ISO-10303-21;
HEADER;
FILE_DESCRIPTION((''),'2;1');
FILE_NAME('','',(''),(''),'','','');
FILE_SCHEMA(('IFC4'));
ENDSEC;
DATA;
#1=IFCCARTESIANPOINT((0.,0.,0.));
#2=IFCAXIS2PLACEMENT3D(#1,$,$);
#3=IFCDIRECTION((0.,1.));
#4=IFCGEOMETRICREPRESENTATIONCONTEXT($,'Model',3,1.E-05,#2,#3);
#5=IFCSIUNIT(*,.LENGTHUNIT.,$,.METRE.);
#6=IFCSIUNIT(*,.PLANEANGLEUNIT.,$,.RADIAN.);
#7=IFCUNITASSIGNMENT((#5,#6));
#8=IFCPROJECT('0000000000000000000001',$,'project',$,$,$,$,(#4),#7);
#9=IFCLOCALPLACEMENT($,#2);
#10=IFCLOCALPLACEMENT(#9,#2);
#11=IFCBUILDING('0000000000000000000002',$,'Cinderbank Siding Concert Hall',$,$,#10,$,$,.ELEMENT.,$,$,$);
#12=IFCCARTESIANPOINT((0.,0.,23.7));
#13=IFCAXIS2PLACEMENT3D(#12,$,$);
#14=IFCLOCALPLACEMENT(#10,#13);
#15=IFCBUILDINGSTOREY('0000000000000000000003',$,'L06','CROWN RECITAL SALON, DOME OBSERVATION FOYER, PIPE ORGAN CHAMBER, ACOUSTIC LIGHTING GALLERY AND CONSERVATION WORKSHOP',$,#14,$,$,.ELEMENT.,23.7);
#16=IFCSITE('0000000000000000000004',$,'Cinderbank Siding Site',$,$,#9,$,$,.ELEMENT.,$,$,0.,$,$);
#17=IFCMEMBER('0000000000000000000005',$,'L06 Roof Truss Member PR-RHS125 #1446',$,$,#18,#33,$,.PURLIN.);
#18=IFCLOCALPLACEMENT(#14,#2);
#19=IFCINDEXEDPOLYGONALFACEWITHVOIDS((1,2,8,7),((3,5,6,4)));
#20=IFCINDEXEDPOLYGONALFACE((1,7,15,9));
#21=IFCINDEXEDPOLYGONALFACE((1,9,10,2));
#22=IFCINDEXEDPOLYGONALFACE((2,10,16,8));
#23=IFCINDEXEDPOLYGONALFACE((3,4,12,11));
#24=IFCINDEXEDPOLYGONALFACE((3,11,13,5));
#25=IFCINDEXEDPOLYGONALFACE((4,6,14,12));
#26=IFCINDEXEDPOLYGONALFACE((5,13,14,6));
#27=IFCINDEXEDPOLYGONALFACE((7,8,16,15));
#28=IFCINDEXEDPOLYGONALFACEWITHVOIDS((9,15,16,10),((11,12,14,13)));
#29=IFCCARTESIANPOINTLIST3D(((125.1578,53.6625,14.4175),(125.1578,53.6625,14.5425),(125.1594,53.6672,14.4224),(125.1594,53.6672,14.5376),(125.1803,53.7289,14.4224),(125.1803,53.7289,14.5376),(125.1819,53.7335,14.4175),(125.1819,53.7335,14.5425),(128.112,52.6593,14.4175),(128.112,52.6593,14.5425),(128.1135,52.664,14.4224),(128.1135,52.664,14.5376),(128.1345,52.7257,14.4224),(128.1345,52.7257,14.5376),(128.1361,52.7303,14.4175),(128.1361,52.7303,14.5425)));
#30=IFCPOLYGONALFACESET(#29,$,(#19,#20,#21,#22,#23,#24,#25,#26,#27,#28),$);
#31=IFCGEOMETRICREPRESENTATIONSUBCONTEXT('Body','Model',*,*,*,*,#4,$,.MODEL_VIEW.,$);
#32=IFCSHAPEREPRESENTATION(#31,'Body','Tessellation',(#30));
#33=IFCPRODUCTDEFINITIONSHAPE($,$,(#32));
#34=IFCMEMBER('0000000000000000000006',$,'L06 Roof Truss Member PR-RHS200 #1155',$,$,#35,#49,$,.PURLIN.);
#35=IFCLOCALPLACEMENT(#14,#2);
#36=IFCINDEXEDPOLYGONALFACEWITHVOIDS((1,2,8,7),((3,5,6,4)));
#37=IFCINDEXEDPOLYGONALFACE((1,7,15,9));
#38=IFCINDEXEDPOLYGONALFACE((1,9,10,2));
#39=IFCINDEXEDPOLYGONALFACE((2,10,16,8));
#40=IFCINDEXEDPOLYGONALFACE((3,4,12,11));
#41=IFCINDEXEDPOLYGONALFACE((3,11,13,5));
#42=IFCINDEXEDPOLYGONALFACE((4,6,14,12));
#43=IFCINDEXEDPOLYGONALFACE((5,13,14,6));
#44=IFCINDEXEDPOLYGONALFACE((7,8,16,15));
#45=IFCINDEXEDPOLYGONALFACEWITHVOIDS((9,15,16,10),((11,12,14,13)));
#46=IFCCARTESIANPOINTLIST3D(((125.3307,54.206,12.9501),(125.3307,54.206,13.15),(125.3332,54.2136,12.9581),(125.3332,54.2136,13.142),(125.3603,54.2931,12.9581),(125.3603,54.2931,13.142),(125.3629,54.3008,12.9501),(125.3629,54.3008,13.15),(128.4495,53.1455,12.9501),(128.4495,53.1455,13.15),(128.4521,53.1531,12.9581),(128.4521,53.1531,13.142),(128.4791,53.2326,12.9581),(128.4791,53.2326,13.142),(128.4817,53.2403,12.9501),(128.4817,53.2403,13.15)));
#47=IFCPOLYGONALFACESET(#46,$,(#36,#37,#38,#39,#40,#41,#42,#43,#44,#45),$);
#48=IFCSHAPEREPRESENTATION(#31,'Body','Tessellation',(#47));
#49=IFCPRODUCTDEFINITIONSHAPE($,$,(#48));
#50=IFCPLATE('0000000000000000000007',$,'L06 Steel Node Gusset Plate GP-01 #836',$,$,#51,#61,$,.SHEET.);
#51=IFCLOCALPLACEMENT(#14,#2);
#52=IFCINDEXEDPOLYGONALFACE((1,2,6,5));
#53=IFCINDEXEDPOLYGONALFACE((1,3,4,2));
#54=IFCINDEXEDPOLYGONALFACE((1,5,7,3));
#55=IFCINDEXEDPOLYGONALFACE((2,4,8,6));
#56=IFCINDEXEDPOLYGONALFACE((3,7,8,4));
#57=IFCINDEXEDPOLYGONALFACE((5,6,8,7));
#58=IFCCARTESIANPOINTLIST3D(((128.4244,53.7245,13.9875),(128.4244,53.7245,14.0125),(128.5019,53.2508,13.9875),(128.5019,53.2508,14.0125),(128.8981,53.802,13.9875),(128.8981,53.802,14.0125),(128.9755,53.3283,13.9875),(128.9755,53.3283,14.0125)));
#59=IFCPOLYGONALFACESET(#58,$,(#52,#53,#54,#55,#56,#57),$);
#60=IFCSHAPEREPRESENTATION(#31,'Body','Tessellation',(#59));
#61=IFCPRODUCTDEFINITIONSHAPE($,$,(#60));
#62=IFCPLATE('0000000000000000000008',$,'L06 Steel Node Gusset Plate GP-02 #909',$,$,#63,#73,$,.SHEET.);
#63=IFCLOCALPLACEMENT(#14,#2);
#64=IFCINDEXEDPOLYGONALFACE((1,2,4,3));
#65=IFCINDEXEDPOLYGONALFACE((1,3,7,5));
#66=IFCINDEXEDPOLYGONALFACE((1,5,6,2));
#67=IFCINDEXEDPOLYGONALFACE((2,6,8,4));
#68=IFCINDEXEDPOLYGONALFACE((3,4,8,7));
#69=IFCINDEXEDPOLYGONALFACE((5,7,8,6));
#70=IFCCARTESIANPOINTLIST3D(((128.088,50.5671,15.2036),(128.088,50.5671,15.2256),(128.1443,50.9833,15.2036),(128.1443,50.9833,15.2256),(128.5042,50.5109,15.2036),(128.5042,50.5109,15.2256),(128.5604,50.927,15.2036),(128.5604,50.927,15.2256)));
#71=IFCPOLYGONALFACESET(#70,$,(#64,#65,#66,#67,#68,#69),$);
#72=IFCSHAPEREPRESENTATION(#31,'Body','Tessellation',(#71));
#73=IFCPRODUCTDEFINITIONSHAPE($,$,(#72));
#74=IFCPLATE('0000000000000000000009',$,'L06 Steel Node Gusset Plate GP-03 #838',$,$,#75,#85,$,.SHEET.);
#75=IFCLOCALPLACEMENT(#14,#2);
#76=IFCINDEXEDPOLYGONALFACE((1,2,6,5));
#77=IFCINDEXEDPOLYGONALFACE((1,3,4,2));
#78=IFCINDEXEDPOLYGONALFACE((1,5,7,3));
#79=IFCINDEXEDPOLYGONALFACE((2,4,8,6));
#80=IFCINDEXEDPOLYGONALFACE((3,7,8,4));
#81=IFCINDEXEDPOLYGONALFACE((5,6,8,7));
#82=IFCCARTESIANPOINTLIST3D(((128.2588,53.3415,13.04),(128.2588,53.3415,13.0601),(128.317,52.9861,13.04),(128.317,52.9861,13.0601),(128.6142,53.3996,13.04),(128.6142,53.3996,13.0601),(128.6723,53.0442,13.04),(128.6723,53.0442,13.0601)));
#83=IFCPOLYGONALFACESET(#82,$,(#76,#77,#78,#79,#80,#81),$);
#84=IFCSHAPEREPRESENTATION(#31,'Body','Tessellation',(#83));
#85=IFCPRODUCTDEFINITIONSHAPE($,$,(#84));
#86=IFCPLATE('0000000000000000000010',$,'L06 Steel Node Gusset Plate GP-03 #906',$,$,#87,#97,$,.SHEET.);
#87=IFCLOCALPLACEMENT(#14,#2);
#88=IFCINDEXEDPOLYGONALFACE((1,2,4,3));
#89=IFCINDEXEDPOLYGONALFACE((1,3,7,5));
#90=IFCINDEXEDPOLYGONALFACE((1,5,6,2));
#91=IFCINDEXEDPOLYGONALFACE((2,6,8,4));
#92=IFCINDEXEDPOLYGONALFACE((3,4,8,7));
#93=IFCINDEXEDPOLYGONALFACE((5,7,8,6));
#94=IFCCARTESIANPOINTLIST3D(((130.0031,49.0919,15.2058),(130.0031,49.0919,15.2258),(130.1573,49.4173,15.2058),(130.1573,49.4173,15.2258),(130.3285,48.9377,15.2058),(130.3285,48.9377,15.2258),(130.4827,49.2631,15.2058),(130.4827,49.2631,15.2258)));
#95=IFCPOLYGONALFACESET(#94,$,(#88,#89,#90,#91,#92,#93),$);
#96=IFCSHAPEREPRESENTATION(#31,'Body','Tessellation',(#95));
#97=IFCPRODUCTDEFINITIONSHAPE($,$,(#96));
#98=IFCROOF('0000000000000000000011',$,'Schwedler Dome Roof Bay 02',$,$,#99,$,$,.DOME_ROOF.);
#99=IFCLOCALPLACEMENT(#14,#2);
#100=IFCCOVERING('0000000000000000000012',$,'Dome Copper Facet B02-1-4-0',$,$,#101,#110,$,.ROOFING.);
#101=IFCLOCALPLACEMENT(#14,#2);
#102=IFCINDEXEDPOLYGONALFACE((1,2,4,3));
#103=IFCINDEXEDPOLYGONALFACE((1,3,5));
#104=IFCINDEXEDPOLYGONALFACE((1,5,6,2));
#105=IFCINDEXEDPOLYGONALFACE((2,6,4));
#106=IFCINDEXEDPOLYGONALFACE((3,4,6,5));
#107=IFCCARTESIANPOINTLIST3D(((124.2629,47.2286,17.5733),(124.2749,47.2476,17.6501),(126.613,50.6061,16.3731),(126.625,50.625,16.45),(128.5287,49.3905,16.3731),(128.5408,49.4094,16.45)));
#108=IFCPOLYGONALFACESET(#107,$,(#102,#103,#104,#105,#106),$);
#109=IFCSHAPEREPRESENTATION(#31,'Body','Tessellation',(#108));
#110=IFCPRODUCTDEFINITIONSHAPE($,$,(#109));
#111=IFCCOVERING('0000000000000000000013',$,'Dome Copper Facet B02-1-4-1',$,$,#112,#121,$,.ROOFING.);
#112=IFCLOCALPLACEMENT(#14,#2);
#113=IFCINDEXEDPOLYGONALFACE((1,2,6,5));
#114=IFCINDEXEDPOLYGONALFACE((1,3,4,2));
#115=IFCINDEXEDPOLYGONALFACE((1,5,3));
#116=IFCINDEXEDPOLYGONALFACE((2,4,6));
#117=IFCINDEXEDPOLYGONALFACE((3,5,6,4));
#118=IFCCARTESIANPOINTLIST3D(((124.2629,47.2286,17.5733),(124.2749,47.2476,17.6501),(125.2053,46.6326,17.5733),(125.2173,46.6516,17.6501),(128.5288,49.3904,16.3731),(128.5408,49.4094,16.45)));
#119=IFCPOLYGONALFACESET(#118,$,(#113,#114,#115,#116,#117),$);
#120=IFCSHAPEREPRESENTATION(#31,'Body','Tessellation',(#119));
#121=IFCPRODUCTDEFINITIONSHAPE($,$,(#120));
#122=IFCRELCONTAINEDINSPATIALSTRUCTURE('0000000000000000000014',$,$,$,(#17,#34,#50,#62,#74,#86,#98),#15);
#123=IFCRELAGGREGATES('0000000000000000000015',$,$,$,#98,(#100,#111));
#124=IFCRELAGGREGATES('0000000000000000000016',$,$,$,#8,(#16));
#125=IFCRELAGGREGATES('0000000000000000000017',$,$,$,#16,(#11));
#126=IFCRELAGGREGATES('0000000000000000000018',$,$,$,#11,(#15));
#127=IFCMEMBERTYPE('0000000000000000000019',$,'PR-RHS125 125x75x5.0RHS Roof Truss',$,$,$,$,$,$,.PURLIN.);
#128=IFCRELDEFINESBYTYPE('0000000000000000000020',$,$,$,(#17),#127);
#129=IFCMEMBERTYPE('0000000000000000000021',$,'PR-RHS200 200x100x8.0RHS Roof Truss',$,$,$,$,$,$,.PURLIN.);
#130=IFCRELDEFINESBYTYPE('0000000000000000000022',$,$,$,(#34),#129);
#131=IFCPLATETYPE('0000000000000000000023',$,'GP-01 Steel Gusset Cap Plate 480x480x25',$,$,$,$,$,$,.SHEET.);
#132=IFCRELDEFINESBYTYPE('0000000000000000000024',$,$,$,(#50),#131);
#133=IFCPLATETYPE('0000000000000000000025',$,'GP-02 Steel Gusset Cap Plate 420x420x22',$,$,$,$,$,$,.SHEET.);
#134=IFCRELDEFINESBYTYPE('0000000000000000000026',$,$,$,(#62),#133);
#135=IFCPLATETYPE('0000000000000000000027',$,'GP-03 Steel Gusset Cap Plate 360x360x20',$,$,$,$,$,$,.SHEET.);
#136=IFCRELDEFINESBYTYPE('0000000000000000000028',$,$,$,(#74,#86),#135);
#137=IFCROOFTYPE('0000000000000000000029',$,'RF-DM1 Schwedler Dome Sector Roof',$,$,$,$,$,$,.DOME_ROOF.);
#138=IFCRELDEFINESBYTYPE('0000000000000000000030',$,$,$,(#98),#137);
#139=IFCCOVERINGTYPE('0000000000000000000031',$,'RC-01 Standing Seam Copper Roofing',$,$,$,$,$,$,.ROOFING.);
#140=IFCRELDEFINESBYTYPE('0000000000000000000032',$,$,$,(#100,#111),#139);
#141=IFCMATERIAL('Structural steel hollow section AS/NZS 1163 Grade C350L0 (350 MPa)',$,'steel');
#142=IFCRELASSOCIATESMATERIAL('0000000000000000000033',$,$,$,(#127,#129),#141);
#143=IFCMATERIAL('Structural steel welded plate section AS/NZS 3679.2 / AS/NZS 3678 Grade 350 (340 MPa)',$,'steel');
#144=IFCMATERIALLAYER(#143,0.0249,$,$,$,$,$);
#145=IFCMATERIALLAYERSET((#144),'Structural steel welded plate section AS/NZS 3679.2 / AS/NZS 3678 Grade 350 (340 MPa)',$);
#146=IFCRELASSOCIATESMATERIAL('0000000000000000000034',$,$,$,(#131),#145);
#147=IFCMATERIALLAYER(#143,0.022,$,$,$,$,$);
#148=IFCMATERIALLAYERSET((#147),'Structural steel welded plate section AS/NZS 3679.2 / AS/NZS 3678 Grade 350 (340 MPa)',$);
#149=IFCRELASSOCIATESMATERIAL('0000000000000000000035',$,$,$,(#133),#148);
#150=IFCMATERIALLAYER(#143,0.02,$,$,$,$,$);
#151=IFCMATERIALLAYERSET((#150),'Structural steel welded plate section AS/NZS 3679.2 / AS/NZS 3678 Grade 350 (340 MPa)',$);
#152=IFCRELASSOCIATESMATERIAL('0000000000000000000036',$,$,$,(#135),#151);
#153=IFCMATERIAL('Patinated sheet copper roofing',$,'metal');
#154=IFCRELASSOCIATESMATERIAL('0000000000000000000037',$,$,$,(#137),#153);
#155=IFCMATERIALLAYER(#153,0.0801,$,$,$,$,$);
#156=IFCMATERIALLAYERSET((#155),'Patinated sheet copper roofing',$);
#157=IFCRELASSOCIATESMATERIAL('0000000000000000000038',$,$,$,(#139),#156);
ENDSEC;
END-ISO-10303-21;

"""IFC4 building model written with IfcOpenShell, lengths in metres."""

from ifc_helpers import new_model, si_unit, direction, frame, origin, origin_2d, place, context, subcontext, project, spatial, polyline, rectangle, hollow_rectangle, outline, extrude, material, layer, layer_set, material_profile, profile_set, type_object, element, aggregate, save


model = new_model("IFC4")

# Units and contexts
model_context = context("Model", 3, precision=1e-05, world=origin(), true_north=direction((0.0, 1.0)))
body_context = subcontext(model_context, "Body", "Model", "MODEL_VIEW")
ifc_project = project(units=[si_unit("LENGTHUNIT", "METRE"), si_unit("PLANEANGLEUNIT", "RADIAN")], contexts=[model_context])

# Site, building, storey
site_placement = place(None, origin())
site = spatial("IfcSite", under=ifc_project, at=site_placement, Name="Cinderbank Siding Site", CompositionType="ELEMENT", RefElevation=0.0)
building_placement = place(site_placement, origin())
building = spatial("IfcBuilding", under=site, at=building_placement, Name="Cinderbank Siding Concert Hall", CompositionType="ELEMENT")
storey_placement = place(building_placement, frame((0.0, 0.0, 23.7)))
storey = spatial("IfcBuildingStorey", under=building, at=storey_placement, Name="L06", Description="CROWN RECITAL SALON, DOME OBSERVATION FOYER, PIPE ORGAN CHAMBER, ACOUSTIC LIGHTING GALLERY AND CONSERVATION WORKSHOP", CompositionType="ELEMENT", Elevation=23.7)

# Members
ifc_material_1 = material(Name="Structural steel hollow section AS/NZS 1163 Grade C350L0 (350 MPa)", Category="steel")
ifc_material_profile_1 = material_profile(ifc_material_1, hollow_rectangle(XDim=0.075, YDim=0.125, WallThickness=0.0049, at=origin_2d()), Name="125x75x5.0RHS", Category="LoadBearing")
ifc_profile_set_1 = profile_set([ifc_material_profile_1], Name="Structural steel hollow section AS/NZS 1163 Grade C350L0 (350 MPa)")
member_type_1 = type_object("IfcMemberType", Name="PR-RHS125 125x75x5.0RHS Roof Truss", PredefinedType="PURLIN", material=ifc_profile_set_1)
member_1_placement = place(storey_placement, frame((128.124, 52.6948, 14.48), z_axis=(-0.946892, 0.321552, 0.0), x_axis=(-0.321552, -0.946892, 0.0)))
element("IfcMember", 1, at=member_1_placement, inside=storey, type_object=member_type_1, Name="L06 Roof Truss Member PR-RHS125 #1446", PredefinedType="PURLIN", context=body_context, shape_type="SweptSolid", body=[
    extrude(hollow_rectangle(XDim=0.075, YDim=0.125, WallThickness=0.0049, at=origin_2d()), origin(), (0.0, 0.0, 1.0), 3.1199),
])
ifc_material_profile_2 = material_profile(ifc_material_1, hollow_rectangle(XDim=0.1001, YDim=0.2, WallThickness=0.0081, at=origin_2d()), Name="200x100x8.0RHS", Category="LoadBearing")
ifc_profile_set_2 = profile_set([ifc_material_profile_2], Name="Structural steel hollow section AS/NZS 1163 Grade C350L0 (350 MPa)")
member_type_2 = type_object("IfcMemberType", Name="PR-RHS200 200x100x8.0RHS Roof Truss", PredefinedType="PURLIN", material=ifc_profile_set_2)
member_2_placement = place(storey_placement, frame((128.4656, 53.1929, 13.05), z_axis=(-0.946761, 0.321936, 0.0), x_axis=(-0.321936, -0.946761, 0.0)))
element("IfcMember", 2, at=member_2_placement, inside=storey, type_object=member_type_2, Name="L06 Roof Truss Member PR-RHS200 #1155", PredefinedType="PURLIN", context=body_context, shape_type="SweptSolid", body=[
    extrude(hollow_rectangle(XDim=0.1001, YDim=0.2, WallThickness=0.0081, at=origin_2d()), origin(), (0.0, 0.0, 1.0), 3.2942),
])

# Plates
ifc_material_2 = material(Name="Structural steel welded plate section AS/NZS 3679.2 / AS/NZS 3678 Grade 350 (340 MPa)", Category="steel")
ifc_layer_1 = layer(ifc_material_2, 0.0249)
ifc_layer_set_1 = layer_set([ifc_layer_1], Name="Structural steel welded plate section AS/NZS 3679.2 / AS/NZS 3678 Grade 350 (340 MPa)")
plate_type_1 = type_object("IfcPlateType", Name="GP-01 Steel Gusset Cap Plate 480x480x25", PredefinedType="SHEET", material=ifc_layer_set_1)
plate_1_placement = place(storey_placement, frame((128.7, 53.5264, 13.9875), z_axis=(0.0, 0.0, 1.0), x_axis=(-0.986884, -0.161432, 0.0)))
element("IfcPlate", 3, at=plate_1_placement, inside=storey, type_object=plate_type_1, Name="L06 Steel Node Gusset Plate GP-01 #836", PredefinedType="SHEET", context=body_context, shape_type="SweptSolid", body=[
    extrude(rectangle(XDim=0.48, YDim=0.48, at=origin_2d()), origin(), (0.0, 0.0, 1.0), 0.0249),
])
ifc_layer_2 = layer(ifc_material_2, 0.022)
ifc_layer_set_2 = layer_set([ifc_layer_2], Name="Structural steel welded plate section AS/NZS 3679.2 / AS/NZS 3678 Grade 350 (340 MPa)")
plate_type_2 = type_object("IfcPlateType", Name="GP-02 Steel Gusset Cap Plate 420x420x22", PredefinedType="SHEET", material=ifc_layer_set_2)
plate_2_placement = place(storey_placement, frame((128.3242, 50.7471, 15.2036), z_axis=(0.0, 0.0, 1.0), x_axis=(-0.133986, -0.990983, 0.0)))
element("IfcPlate", 4, at=plate_2_placement, inside=storey, type_object=plate_type_2, Name="L06 Steel Node Gusset Plate GP-02 #909", PredefinedType="SHEET", context=body_context, shape_type="SweptSolid", body=[
    extrude(rectangle(XDim=0.4199, YDim=0.4199, at=origin_2d()), origin(), (0.0, 0.0, 1.0), 0.022),
])
ifc_layer_3 = layer(ifc_material_2, 0.02)
ifc_layer_set_3 = layer_set([ifc_layer_3], Name="Structural steel welded plate section AS/NZS 3679.2 / AS/NZS 3678 Grade 350 (340 MPa)")
plate_type_3 = type_object("IfcPlateType", Name="GP-03 Steel Gusset Cap Plate 360x360x20", PredefinedType="SHEET", material=ifc_layer_set_3)
for number, where, z_axis, x_axis, name in (
    (5, (128.4656, 53.1929, 13.04), (0.0, 0.0, 1.0), (-0.986884, -0.161432, 0.0), "L06 Steel Node Gusset Plate GP-03 #838"),
    (6, (130.2429, 49.1775, 15.2058), (0.0, 0.0, 1.0), (-0.428304, -0.903635, 0.0), "L06 Steel Node Gusset Plate GP-03 #906"),
):
    element("IfcPlate", number, at=place(storey_placement, frame(where, z_axis=z_axis, x_axis=x_axis)), inside=storey, type_object=plate_type_3, Name=name, PredefinedType="SHEET", context=body_context, shape_type="SweptSolid", body=[
        extrude(rectangle(XDim=0.3601, YDim=0.3601, at=origin_2d()), origin(), (0.0, 0.0, 1.0), 0.02),
    ])

# Roof, coverings
ifc_material_3 = material(Name="Patinated sheet copper roofing", Category="metal")
roof_type = type_object("IfcRoofType", Name="RF-DM1 Schwedler Dome Sector Roof", PredefinedType="DOME_ROOF", material=ifc_material_3)
roof_placement = place(storey_placement, origin())
roof = element("IfcRoof", 7, at=roof_placement, inside=storey, type_object=roof_type, Name="Schwedler Dome Roof Bay 02", PredefinedType="DOME_ROOF")
ifc_layer_4 = layer(ifc_material_3, 0.0801)
ifc_layer_set_4 = layer_set([ifc_layer_4], Name="Patinated sheet copper roofing")
covering_type = type_object("IfcCoveringType", Name="RC-01 Standing Seam Copper Roofing", PredefinedType="ROOFING", material=ifc_layer_set_4)
covering_1_placement = place(storey_placement, frame((128.5408, 49.4094, 16.45), z_axis=(0.150149, 0.236638, 0.959926), x_axis=(-0.84437, 0.535761, 0.0)))
covering_1 = element("IfcCovering", 8, at=covering_1_placement, type_object=covering_type, Name="Dome Copper Facet B02-1-4-0", PredefinedType="ROOFING", context=body_context, shape_type="SweptSolid", body=[
    extrude(outline(polyline([(0.0, 0.0), (2.2689, 0.0), (2.4437, 4.2825), (0.0, 0.0)])), origin(), (0.0, 0.0, -1.0), 0.0801),
])
covering_2_placement = place(storey_placement, frame((128.5408, 49.4094, 16.45), z_axis=(0.149915, 0.237063, 0.959858), x_axis=(-0.865166, -0.43845, 0.243413)))
covering_2 = element("IfcCovering", 9, at=covering_2_placement, type_object=covering_type, Name="Dome Copper Facet B02-1-4-1", PredefinedType="ROOFING", context=body_context, shape_type="SweptSolid", body=[
    extrude(outline(polyline([(0.0, 0.0), (4.9307, 0.0), (4.3767, 0.9676), (0.0, 0.0)])), origin(), (0.0, 0.0, -1.0), 0.0801),
])
aggregate(roof, [covering_1, covering_2])

save(model, "model.ifc")
